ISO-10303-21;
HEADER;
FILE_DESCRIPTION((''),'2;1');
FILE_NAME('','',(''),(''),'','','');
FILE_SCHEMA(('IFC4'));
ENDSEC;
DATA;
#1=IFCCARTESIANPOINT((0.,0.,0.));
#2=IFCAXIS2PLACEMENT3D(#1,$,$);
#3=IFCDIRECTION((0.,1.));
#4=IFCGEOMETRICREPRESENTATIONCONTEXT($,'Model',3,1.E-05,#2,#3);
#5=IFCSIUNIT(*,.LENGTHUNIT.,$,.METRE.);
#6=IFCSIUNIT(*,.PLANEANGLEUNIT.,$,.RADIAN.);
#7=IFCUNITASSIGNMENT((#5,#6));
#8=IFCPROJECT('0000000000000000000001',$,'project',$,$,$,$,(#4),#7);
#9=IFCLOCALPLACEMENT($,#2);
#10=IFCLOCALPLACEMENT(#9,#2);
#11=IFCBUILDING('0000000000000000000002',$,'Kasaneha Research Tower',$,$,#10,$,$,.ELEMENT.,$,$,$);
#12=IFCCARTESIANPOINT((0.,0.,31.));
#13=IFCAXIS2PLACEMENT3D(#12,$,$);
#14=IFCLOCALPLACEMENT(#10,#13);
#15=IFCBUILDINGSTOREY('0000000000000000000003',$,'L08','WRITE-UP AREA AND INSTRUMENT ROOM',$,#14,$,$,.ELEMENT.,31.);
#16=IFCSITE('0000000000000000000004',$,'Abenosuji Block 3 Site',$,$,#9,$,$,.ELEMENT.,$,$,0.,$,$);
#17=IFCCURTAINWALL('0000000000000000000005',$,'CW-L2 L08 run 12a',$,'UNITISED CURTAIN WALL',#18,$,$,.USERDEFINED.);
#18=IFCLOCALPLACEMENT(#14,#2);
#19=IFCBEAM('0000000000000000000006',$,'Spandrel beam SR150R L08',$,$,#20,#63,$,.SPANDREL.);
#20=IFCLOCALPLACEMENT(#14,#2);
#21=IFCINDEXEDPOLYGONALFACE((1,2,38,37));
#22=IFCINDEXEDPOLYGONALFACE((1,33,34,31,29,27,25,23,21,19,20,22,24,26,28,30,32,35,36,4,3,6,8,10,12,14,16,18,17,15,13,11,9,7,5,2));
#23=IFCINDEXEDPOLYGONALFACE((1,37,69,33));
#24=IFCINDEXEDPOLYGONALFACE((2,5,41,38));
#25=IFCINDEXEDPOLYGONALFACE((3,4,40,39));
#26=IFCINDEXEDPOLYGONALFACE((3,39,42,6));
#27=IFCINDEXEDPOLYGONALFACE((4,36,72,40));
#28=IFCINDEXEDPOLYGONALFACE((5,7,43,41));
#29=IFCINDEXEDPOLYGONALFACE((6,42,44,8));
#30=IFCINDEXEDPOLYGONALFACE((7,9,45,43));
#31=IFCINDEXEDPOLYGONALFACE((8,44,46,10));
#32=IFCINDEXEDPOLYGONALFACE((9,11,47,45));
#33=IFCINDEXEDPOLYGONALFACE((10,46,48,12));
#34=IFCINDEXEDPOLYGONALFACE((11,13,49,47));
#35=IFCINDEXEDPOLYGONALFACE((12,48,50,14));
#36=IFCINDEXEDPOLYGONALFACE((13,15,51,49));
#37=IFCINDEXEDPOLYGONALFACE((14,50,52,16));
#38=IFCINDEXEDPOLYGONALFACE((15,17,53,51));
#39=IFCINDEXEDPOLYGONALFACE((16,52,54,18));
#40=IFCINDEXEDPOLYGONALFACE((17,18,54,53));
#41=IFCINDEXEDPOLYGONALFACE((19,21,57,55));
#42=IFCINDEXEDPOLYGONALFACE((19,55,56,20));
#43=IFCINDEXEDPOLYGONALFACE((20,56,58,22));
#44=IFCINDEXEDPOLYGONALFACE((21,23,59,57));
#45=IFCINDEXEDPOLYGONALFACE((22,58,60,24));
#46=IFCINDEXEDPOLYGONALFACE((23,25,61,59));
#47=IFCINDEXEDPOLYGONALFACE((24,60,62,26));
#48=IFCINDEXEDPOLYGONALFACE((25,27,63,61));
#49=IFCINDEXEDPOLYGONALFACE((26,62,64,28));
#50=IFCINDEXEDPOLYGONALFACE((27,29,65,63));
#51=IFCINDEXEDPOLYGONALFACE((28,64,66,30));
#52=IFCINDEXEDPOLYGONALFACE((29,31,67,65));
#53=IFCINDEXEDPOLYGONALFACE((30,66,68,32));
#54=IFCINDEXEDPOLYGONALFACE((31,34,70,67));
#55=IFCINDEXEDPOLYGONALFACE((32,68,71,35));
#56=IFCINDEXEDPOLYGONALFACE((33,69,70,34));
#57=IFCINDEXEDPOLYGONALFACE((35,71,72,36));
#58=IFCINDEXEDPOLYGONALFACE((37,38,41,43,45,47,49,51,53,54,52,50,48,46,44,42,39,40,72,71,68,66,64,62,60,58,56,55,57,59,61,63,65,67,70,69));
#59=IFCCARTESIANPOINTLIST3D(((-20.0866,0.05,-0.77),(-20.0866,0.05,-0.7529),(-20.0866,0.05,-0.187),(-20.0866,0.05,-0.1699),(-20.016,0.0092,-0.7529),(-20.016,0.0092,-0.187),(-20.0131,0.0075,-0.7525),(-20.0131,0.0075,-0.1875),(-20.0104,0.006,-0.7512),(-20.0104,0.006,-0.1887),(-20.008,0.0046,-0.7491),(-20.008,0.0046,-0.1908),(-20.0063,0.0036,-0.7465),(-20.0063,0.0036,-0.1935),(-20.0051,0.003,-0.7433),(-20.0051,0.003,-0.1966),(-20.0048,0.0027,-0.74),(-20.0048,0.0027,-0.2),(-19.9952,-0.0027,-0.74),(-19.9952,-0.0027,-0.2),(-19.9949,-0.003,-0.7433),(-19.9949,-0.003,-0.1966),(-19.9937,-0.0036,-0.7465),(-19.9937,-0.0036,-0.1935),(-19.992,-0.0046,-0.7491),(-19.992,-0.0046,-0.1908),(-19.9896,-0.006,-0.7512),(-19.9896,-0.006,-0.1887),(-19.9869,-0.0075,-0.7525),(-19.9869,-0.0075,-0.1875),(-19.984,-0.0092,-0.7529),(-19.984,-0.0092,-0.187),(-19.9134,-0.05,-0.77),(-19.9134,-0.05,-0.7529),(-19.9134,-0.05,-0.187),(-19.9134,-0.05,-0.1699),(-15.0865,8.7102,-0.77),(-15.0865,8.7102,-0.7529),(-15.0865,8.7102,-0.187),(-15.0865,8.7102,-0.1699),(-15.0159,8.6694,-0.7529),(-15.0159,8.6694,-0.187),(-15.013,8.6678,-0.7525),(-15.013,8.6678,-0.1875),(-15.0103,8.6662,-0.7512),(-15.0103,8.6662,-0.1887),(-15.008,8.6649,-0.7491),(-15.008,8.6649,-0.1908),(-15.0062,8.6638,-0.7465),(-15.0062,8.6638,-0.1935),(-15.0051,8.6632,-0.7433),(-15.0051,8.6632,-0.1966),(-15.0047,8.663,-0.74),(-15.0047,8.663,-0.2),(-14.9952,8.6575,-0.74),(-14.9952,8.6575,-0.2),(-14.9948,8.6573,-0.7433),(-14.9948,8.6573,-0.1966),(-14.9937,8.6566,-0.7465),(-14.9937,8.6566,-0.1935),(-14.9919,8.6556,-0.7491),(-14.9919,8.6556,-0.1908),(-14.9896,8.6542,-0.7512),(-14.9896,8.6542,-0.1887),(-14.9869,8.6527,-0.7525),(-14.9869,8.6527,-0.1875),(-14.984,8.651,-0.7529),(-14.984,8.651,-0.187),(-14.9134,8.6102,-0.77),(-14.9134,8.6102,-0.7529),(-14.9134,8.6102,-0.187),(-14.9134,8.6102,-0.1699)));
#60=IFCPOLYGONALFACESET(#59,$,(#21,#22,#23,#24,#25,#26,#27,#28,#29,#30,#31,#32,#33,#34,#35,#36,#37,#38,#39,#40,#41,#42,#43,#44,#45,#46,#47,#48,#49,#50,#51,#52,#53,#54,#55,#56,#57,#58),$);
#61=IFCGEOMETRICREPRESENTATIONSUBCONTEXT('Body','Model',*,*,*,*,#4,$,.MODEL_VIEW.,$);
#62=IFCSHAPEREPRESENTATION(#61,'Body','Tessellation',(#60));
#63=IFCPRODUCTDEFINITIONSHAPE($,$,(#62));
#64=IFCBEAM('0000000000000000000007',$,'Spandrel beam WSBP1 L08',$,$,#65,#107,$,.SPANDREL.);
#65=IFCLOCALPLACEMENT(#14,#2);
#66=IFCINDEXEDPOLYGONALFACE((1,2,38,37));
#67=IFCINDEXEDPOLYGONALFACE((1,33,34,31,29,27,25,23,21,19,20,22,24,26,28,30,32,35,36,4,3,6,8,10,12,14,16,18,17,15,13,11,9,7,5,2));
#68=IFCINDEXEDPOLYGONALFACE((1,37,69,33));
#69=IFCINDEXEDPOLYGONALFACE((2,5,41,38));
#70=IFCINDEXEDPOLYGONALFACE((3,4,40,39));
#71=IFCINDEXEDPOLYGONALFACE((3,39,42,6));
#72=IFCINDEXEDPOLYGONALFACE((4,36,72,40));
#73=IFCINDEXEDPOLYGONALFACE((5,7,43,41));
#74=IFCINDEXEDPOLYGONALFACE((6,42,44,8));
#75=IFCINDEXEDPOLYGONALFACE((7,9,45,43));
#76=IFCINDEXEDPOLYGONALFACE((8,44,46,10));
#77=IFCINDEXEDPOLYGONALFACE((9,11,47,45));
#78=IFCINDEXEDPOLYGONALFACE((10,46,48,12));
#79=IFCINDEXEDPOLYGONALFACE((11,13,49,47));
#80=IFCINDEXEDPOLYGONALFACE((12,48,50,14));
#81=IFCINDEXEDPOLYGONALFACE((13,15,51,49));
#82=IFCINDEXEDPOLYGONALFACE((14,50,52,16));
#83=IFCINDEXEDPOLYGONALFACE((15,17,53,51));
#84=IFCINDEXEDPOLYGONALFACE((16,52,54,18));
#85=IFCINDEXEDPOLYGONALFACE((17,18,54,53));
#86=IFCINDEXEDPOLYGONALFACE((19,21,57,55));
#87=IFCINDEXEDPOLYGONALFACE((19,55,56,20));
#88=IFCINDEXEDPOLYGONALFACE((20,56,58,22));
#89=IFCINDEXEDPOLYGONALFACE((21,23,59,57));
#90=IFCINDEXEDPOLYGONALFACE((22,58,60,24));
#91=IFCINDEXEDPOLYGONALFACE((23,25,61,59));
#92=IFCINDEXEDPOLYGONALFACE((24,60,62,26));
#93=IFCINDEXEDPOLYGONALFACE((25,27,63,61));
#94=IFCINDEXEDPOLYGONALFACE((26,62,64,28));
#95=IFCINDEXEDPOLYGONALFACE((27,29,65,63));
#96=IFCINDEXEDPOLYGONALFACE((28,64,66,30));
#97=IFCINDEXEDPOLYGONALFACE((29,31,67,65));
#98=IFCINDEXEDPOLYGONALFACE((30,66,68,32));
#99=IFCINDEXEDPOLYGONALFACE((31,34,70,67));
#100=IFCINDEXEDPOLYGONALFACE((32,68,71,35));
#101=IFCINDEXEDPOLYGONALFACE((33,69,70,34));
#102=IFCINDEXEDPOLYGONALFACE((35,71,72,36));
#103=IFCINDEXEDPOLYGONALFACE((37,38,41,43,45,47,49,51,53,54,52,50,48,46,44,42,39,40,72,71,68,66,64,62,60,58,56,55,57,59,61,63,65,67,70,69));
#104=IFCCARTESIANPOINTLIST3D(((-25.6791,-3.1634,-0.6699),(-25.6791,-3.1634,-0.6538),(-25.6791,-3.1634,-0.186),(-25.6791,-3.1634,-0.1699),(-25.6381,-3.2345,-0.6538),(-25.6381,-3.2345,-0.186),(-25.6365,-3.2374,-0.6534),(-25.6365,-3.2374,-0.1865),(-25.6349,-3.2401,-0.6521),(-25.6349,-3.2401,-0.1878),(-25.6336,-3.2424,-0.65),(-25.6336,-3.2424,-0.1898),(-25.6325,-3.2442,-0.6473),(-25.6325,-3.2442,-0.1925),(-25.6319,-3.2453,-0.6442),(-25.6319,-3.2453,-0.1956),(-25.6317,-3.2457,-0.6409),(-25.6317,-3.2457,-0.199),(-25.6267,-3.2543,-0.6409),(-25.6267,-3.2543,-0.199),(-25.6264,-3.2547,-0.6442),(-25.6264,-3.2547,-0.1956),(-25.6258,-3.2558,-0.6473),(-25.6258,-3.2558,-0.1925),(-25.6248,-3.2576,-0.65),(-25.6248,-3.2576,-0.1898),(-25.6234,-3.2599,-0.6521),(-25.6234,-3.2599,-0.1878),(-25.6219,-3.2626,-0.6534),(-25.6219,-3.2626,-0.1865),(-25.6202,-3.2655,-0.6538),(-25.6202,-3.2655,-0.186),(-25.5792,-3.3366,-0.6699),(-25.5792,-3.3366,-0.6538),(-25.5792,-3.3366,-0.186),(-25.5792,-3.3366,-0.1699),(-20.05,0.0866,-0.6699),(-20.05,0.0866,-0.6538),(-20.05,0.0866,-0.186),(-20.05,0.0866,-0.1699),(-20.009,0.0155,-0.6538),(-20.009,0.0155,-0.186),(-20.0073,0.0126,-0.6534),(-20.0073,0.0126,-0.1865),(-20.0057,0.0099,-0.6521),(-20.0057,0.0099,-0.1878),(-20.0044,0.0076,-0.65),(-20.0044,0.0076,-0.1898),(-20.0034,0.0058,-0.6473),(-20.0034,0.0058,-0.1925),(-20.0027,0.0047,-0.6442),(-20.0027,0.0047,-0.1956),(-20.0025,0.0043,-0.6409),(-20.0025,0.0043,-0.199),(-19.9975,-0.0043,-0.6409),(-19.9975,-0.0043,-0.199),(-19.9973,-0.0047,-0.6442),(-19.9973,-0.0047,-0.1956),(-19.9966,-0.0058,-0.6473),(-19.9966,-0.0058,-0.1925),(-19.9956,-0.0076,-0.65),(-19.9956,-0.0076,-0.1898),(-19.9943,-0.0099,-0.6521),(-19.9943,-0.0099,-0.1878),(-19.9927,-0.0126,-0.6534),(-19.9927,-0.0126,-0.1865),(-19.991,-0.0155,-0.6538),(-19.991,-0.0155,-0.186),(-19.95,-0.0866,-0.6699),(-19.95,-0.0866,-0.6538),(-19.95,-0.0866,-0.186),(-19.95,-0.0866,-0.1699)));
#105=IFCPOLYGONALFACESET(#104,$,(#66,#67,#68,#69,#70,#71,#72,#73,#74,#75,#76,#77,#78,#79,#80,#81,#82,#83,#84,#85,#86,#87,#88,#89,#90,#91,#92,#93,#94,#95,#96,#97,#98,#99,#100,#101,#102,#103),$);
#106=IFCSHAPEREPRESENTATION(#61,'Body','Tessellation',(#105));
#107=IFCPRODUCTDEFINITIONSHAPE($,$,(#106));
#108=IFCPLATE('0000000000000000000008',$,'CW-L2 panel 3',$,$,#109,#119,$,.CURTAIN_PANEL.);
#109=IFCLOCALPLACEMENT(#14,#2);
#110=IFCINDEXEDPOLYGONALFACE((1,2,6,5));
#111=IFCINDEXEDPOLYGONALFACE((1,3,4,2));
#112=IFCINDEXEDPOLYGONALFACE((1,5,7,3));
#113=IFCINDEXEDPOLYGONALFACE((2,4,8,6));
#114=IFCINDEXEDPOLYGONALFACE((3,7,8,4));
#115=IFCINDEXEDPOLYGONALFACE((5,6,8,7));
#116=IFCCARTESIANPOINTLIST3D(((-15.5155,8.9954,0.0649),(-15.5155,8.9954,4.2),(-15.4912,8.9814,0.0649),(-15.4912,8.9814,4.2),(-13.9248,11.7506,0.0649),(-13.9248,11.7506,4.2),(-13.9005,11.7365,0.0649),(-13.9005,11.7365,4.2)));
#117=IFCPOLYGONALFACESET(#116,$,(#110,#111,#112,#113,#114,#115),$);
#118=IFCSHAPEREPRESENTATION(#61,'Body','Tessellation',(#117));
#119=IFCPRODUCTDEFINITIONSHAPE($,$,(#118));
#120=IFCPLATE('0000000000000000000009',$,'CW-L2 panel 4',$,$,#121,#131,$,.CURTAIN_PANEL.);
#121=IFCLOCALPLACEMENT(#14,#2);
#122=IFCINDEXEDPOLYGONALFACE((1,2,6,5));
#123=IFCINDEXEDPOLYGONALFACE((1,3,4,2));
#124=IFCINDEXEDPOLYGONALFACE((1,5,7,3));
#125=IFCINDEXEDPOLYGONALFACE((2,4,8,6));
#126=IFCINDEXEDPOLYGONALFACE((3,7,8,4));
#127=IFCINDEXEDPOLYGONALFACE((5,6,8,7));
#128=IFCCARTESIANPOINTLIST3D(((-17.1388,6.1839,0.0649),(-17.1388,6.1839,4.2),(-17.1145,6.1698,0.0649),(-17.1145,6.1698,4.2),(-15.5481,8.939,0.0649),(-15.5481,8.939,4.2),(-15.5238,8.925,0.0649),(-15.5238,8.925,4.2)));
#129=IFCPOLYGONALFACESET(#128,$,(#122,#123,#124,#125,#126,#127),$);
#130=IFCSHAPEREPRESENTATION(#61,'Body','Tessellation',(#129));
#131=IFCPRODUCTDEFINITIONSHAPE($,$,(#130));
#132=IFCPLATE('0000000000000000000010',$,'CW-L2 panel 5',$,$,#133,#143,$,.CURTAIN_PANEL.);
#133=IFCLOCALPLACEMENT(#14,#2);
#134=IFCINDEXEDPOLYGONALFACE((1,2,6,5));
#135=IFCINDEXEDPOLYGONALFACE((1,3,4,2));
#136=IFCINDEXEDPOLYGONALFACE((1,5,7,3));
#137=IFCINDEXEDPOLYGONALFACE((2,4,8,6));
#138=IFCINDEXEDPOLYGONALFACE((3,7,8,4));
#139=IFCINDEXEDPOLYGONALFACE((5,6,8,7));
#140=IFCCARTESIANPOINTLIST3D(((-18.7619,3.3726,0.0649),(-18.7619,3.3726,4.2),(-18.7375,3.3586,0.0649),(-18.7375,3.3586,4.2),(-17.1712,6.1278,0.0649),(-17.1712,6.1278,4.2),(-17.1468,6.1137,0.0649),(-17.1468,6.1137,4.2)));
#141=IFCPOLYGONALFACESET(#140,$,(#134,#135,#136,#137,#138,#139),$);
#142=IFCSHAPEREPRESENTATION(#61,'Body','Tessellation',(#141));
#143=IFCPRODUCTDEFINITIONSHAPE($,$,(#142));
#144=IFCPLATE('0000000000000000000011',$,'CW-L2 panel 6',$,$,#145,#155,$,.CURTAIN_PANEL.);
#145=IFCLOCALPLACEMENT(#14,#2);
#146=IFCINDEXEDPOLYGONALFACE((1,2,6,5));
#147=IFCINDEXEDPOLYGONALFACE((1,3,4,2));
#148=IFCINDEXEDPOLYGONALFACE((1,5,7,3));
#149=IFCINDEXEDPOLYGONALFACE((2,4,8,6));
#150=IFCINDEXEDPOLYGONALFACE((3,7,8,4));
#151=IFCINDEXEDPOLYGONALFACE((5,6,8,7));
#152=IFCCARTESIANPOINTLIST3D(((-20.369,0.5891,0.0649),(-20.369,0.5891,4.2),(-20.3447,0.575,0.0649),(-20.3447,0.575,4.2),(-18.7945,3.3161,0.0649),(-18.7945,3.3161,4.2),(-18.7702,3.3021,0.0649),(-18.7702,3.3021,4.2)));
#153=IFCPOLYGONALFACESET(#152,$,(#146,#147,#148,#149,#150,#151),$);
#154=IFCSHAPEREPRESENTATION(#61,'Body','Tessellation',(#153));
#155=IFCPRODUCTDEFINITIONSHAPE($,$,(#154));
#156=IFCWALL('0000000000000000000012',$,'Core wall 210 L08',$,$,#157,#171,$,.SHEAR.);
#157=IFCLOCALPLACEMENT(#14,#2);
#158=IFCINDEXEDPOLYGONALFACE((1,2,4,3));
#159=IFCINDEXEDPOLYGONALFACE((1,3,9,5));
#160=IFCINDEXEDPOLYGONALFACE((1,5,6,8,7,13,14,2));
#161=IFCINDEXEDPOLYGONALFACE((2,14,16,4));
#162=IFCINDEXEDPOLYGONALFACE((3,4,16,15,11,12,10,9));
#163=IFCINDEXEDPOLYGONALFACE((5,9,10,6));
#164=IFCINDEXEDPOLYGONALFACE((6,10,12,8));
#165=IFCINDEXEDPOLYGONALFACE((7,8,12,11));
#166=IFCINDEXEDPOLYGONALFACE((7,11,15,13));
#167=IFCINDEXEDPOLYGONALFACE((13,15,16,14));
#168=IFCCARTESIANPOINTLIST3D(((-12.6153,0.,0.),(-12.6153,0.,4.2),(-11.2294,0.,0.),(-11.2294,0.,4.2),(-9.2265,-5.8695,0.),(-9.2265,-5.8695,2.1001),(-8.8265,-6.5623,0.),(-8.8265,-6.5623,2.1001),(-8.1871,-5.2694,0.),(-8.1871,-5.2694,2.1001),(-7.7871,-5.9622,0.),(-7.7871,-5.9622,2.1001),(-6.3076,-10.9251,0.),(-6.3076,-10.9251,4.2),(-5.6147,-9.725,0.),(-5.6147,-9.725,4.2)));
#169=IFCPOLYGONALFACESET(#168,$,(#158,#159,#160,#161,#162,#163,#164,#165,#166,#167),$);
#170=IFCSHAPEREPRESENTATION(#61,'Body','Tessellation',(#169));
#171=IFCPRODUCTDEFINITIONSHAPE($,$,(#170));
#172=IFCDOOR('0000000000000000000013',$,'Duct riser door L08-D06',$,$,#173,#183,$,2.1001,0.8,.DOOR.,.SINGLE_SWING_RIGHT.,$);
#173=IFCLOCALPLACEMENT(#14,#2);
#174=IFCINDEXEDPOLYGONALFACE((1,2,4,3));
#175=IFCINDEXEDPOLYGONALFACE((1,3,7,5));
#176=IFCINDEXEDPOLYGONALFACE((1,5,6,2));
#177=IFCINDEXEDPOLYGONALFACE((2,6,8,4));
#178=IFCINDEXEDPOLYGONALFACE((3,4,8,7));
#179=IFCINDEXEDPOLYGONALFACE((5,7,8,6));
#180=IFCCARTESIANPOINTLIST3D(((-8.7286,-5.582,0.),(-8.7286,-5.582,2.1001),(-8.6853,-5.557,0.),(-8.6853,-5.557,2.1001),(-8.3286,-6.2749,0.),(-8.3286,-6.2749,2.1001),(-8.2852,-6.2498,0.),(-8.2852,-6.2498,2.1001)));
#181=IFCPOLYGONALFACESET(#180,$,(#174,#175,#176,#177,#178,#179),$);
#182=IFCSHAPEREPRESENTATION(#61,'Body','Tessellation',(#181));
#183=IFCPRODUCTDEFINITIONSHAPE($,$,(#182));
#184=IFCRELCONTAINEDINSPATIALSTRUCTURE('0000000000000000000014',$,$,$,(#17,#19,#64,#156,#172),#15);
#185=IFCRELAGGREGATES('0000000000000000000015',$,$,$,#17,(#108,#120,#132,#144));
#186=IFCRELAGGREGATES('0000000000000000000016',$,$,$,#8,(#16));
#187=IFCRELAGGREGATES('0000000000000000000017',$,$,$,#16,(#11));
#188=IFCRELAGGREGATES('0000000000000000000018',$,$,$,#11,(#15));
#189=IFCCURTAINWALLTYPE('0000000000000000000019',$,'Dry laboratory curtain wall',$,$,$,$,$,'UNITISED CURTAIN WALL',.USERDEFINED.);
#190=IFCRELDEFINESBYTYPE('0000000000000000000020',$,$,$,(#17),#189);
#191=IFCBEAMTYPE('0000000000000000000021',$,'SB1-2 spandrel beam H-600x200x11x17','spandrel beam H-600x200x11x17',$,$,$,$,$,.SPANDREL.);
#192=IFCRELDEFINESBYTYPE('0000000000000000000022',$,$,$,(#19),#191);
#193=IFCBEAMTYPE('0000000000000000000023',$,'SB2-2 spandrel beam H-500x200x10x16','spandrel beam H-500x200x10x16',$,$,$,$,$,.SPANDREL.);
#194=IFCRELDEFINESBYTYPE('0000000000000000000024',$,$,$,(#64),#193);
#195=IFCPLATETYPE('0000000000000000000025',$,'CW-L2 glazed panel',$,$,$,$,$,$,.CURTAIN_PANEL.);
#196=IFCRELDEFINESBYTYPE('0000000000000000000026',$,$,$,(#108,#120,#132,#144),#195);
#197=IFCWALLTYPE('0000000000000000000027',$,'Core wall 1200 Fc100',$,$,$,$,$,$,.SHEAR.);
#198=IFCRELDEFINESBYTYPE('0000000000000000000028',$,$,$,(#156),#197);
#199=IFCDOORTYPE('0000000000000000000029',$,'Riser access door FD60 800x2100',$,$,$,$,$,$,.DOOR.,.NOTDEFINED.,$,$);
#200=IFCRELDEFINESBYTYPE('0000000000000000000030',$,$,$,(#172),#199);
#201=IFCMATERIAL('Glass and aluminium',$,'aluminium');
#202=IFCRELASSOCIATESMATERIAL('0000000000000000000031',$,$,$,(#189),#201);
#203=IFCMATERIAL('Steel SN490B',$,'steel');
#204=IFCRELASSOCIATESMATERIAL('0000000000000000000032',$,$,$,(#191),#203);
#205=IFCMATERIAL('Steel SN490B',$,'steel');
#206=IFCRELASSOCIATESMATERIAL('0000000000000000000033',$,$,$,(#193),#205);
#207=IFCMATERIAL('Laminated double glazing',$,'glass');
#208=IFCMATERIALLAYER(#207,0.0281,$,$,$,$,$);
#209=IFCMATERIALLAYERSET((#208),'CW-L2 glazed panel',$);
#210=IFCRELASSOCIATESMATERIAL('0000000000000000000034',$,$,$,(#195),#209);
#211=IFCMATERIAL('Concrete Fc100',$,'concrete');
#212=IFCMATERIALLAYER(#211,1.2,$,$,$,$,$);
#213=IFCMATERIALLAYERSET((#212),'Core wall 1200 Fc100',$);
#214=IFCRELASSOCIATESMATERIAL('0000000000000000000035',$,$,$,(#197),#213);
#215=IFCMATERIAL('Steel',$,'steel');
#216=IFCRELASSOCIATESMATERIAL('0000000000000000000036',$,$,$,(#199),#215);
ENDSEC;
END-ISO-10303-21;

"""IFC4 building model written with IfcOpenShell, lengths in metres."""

from ifc_helpers import new_model, si_unit, direction, frame, frame_2d, origin, origin_2d, place, context, subcontext, project, spatial, polyline, rectangle, i_section, outline, extrude, material, layer, layer_set, material_profile, profile_set, type_object, element, fill, aggregate, save


model = new_model("IFC4")

# Units and contexts
model_context = context("Model", 3, precision=1e-05, world=origin(), true_north=direction((0.0, 1.0)))
body_context = subcontext(model_context, "Body", "Model", "MODEL_VIEW")
ifc_project = project(units=[si_unit("LENGTHUNIT", "METRE"), si_unit("PLANEANGLEUNIT", "RADIAN")], contexts=[model_context])

# Site, building, storey
site_placement = place(None, origin())
site = spatial("IfcSite", under=ifc_project, at=site_placement, Name="Abenosuji Block 3 Site", CompositionType="ELEMENT", RefElevation=0.0)
building_placement = place(site_placement, origin())
building = spatial("IfcBuilding", under=site, at=building_placement, Name="Kasaneha Research Tower", CompositionType="ELEMENT")
storey_placement = place(building_placement, frame((0.0, 0.0, 31.0)))
storey = spatial("IfcBuildingStorey", under=building, at=storey_placement, Name="L08", Description="WRITE-UP AREA AND INSTRUMENT ROOM", CompositionType="ELEMENT", Elevation=31.0)

# Curtain wall
ifc_material_1 = material(Name="Glass and aluminium", Category="aluminium")
curtain_wall_type = type_object("IfcCurtainWallType", Name="Dry laboratory curtain wall", ElementType="UNITISED CURTAIN WALL", PredefinedType="USERDEFINED", material=ifc_material_1)
curtain_wall_1_placement = place(storey_placement, origin())
curtain_wall_1 = element("IfcCurtainWall", 1, at=curtain_wall_1_placement, inside=storey, type_object=curtain_wall_type, Name="CW-L2 L08 run 12a", ObjectType="UNITISED CURTAIN WALL", PredefinedType="USERDEFINED")

# Beams
ifc_material_2 = material(Name="Steel SN490B", Category="steel")
ifc_material_profile_1 = material_profile(ifc_material_2, i_section(OverallWidth=0.2, OverallDepth=0.6001, WebThickness=0.011, FlangeThickness=0.0171, FilletRadius=0.0129, at=origin_2d()), Name="H-600x200x11x17")
ifc_profile_set_1 = profile_set([ifc_material_profile_1], Name="Steel SN490B")
beam_type_1 = type_object("IfcBeamType", Name="SB1-2 spandrel beam H-600x200x11x17", Description="spandrel beam H-600x200x11x17", PredefinedType="SPANDREL", material=ifc_profile_set_1)
beam_1_placement = place(storey_placement, frame((-20.0, 0.0, -0.47), z_axis=(0.500004, 0.866023, 0.0), x_axis=(-0.866023, 0.500004, 0.0)))
element("IfcBeam", 2, at=beam_1_placement, inside=storey, type_object=beam_type_1, Name="Spandrel beam SR150R L08", PredefinedType="SPANDREL", context=body_context, shape_type="SweptSolid", body=[
    extrude(i_section(OverallWidth=0.2, OverallDepth=0.6001, WebThickness=0.011, FlangeThickness=0.0171, FilletRadius=0.0129, at=origin_2d()), origin(), (0.0, 0.0, 1.0), 10.0),
])
ifc_material_3 = material(Name="Steel SN490B", Category="steel")
ifc_material_profile_2 = material_profile(ifc_material_3, i_section(OverallWidth=0.2, OverallDepth=0.5, WebThickness=0.01, FlangeThickness=0.0161, FilletRadius=0.0129, at=origin_2d()), Name="H-500x200x10x16")
ifc_profile_set_2 = profile_set([ifc_material_profile_2], Name="Steel SN490B")
beam_type_2 = type_object("IfcBeamType", Name="SB2-2 spandrel beam H-500x200x10x16", Description="spandrel beam H-500x200x10x16", PredefinedType="SPANDREL", material=ifc_profile_set_2)
beam_2_placement = place(storey_placement, frame((-20.0, 0.0, -0.4199), z_axis=(-0.866025, -0.500001, 0.0), x_axis=(0.500001, -0.866025, 0.0)))
element("IfcBeam", 3, at=beam_2_placement, inside=storey, type_object=beam_type_2, Name="Spandrel beam WSBP1 L08", PredefinedType="SPANDREL", context=body_context, shape_type="SweptSolid", body=[
    extrude(i_section(OverallWidth=0.2, OverallDepth=0.5, WebThickness=0.01, FlangeThickness=0.0161, FilletRadius=0.0129, at=origin_2d()), origin(), (0.0, 0.0, 1.0), 6.5),
])

# Plates
ifc_material_4 = material(Name="Laminated double glazing", Category="glass")
ifc_layer_1 = layer(ifc_material_4, 0.0281)
ifc_layer_set_1 = layer_set([ifc_layer_1], Name="CW-L2 glazed panel")
plate_type = type_object("IfcPlateType", Name="CW-L2 glazed panel", PredefinedType="CURTAIN_PANEL", material=ifc_layer_set_1)
plate_1_placement = place(storey_placement, frame((-14.708, 10.366, 0.0649), z_axis=(0.0, 0.0, 1.0), x_axis=(-0.5, -0.866025, 0.0)))
plate_1 = element("IfcPlate", 4, at=plate_1_placement, type_object=plate_type, Name="CW-L2 panel 3", PredefinedType="CURTAIN_PANEL", context=body_context, shape_type="SweptSolid", body=[
    extrude(rectangle(XDim=3.1814, YDim=0.0281, at=origin_2d()), origin(), (0.0, 0.0, 1.0), 4.135),
])
plate_2_placement = place(storey_placement, frame((-16.3313, 7.5544, 0.0649), z_axis=(0.0, 0.0, 1.0), x_axis=(-0.5, -0.866025, 0.0)))
plate_2 = element("IfcPlate", 5, at=plate_2_placement, type_object=plate_type, Name="CW-L2 panel 4", PredefinedType="CURTAIN_PANEL", context=body_context, shape_type="SweptSolid", body=[
    extrude(rectangle(XDim=3.1814, YDim=0.0281, at=origin_2d()), origin(), (0.0, 0.0, 1.0), 4.135),
])
plate_3_placement = place(storey_placement, frame((-17.9543, 4.7432, 0.0649), z_axis=(0.0, 0.0, 1.0), x_axis=(-0.5, -0.866025, 0.0)))
plate_3 = element("IfcPlate", 6, at=plate_3_placement, type_object=plate_type, Name="CW-L2 panel 5", PredefinedType="CURTAIN_PANEL", context=body_context, shape_type="SweptSolid", body=[
    extrude(rectangle(XDim=3.1814, YDim=0.0281, at=origin_2d()), origin(), (0.0, 0.0, 1.0), 4.135),
])
plate_4_placement = place(storey_placement, frame((-19.5696, 1.9456, 0.0649), z_axis=(0.0, 0.0, 1.0), x_axis=(-0.5, -0.866025, 0.0)))
plate_4 = element("IfcPlate", 7, at=plate_4_placement, type_object=plate_type, Name="CW-L2 panel 6", PredefinedType="CURTAIN_PANEL", context=body_context, shape_type="SweptSolid", body=[
    extrude(rectangle(XDim=3.1489, YDim=0.0281, at=origin_2d()), origin(), (0.0, 0.0, 1.0), 4.135),
])
aggregate(curtain_wall_1, [plate_1, plate_2, plate_3, plate_4])

# Wall, opening, door
ifc_material_5 = material(Name="Concrete Fc100", Category="concrete")
ifc_layer_2 = layer(ifc_material_5, 1.2)
ifc_layer_set_2 = layer_set([ifc_layer_2], Name="Core wall 1200 Fc100")
wall_type_1 = type_object("IfcWallType", Name="Core wall 1200 Fc100", PredefinedType="SHEAR", material=ifc_layer_set_2)
wall_1_placement = place(storey_placement, frame((-11.9224, 0.0, 0.0), z_axis=(0.0, 0.0, 1.0), x_axis=(0.500004, -0.866023, 0.0)))
wall_1 = element("IfcWall", 8, at=wall_1_placement, inside=storey, type_object=wall_type_1, Name="Core wall 210 L08", PredefinedType="SHEAR", context=body_context, shape_type="SweptSolid", body=[
    extrude(outline(polyline([(-0.3464, -0.6001), (6.4312, -0.6001), (7.2312, -0.6001), (12.2688, -0.6001), (11.5759, 0.6001), (7.2312, 0.6001), (6.4312, 0.6001), (0.3464, 0.6001), (-0.3464, -0.6001)])), origin(), (0.0, 0.0, 1.0), 4.2),
])
opening_1_placement = place(wall_1_placement, frame((6.4312, 0.0, 0.0)))
opening_1 = element("IfcOpeningElement", 9, at=opening_1_placement, cuts=wall_1, PredefinedType="OPENING", context=body_context, shape_type="SweptSolid", body=[
    extrude(rectangle(XDim=0.8, YDim=2.1001, at=frame_2d((0.3999, 1.05))), frame((0.0, 0.6099, 0.0), z_axis=(0.0, -1.0, 0.0), x_axis=(1.0, 0.0, 0.0)), (0.0, 0.0, 1.0), 1.22),
])
ifc_material_6 = material(Name="Steel", Category="steel")
door_type_1 = type_object("IfcDoorType", Name="Riser access door FD60 800x2100", OperationType="NOTDEFINED", PredefinedType="DOOR", material=ifc_material_6)
door_1_placement = place(opening_1_placement, origin())
door_1 = element("IfcDoor", 10, at=door_1_placement, inside=storey, type_object=door_type_1, Name="Duct riser door L08-D06", OperationType="SINGLE_SWING_RIGHT", OverallHeight=2.1001, OverallWidth=0.8, PredefinedType="DOOR", context=body_context, shape_type="SweptSolid", body=[
    extrude(rectangle(XDim=0.8, YDim=2.1001, at=frame_2d((0.3999, 1.05))), frame((0.0, 0.0249, 0.0), z_axis=(0.0, -1.0, 0.0), x_axis=(1.0, 0.0, 0.0)), (0.0, 0.0, 1.0), 0.05),
])
fill(opening_1, door_1)

save(model, "model.ifc")
